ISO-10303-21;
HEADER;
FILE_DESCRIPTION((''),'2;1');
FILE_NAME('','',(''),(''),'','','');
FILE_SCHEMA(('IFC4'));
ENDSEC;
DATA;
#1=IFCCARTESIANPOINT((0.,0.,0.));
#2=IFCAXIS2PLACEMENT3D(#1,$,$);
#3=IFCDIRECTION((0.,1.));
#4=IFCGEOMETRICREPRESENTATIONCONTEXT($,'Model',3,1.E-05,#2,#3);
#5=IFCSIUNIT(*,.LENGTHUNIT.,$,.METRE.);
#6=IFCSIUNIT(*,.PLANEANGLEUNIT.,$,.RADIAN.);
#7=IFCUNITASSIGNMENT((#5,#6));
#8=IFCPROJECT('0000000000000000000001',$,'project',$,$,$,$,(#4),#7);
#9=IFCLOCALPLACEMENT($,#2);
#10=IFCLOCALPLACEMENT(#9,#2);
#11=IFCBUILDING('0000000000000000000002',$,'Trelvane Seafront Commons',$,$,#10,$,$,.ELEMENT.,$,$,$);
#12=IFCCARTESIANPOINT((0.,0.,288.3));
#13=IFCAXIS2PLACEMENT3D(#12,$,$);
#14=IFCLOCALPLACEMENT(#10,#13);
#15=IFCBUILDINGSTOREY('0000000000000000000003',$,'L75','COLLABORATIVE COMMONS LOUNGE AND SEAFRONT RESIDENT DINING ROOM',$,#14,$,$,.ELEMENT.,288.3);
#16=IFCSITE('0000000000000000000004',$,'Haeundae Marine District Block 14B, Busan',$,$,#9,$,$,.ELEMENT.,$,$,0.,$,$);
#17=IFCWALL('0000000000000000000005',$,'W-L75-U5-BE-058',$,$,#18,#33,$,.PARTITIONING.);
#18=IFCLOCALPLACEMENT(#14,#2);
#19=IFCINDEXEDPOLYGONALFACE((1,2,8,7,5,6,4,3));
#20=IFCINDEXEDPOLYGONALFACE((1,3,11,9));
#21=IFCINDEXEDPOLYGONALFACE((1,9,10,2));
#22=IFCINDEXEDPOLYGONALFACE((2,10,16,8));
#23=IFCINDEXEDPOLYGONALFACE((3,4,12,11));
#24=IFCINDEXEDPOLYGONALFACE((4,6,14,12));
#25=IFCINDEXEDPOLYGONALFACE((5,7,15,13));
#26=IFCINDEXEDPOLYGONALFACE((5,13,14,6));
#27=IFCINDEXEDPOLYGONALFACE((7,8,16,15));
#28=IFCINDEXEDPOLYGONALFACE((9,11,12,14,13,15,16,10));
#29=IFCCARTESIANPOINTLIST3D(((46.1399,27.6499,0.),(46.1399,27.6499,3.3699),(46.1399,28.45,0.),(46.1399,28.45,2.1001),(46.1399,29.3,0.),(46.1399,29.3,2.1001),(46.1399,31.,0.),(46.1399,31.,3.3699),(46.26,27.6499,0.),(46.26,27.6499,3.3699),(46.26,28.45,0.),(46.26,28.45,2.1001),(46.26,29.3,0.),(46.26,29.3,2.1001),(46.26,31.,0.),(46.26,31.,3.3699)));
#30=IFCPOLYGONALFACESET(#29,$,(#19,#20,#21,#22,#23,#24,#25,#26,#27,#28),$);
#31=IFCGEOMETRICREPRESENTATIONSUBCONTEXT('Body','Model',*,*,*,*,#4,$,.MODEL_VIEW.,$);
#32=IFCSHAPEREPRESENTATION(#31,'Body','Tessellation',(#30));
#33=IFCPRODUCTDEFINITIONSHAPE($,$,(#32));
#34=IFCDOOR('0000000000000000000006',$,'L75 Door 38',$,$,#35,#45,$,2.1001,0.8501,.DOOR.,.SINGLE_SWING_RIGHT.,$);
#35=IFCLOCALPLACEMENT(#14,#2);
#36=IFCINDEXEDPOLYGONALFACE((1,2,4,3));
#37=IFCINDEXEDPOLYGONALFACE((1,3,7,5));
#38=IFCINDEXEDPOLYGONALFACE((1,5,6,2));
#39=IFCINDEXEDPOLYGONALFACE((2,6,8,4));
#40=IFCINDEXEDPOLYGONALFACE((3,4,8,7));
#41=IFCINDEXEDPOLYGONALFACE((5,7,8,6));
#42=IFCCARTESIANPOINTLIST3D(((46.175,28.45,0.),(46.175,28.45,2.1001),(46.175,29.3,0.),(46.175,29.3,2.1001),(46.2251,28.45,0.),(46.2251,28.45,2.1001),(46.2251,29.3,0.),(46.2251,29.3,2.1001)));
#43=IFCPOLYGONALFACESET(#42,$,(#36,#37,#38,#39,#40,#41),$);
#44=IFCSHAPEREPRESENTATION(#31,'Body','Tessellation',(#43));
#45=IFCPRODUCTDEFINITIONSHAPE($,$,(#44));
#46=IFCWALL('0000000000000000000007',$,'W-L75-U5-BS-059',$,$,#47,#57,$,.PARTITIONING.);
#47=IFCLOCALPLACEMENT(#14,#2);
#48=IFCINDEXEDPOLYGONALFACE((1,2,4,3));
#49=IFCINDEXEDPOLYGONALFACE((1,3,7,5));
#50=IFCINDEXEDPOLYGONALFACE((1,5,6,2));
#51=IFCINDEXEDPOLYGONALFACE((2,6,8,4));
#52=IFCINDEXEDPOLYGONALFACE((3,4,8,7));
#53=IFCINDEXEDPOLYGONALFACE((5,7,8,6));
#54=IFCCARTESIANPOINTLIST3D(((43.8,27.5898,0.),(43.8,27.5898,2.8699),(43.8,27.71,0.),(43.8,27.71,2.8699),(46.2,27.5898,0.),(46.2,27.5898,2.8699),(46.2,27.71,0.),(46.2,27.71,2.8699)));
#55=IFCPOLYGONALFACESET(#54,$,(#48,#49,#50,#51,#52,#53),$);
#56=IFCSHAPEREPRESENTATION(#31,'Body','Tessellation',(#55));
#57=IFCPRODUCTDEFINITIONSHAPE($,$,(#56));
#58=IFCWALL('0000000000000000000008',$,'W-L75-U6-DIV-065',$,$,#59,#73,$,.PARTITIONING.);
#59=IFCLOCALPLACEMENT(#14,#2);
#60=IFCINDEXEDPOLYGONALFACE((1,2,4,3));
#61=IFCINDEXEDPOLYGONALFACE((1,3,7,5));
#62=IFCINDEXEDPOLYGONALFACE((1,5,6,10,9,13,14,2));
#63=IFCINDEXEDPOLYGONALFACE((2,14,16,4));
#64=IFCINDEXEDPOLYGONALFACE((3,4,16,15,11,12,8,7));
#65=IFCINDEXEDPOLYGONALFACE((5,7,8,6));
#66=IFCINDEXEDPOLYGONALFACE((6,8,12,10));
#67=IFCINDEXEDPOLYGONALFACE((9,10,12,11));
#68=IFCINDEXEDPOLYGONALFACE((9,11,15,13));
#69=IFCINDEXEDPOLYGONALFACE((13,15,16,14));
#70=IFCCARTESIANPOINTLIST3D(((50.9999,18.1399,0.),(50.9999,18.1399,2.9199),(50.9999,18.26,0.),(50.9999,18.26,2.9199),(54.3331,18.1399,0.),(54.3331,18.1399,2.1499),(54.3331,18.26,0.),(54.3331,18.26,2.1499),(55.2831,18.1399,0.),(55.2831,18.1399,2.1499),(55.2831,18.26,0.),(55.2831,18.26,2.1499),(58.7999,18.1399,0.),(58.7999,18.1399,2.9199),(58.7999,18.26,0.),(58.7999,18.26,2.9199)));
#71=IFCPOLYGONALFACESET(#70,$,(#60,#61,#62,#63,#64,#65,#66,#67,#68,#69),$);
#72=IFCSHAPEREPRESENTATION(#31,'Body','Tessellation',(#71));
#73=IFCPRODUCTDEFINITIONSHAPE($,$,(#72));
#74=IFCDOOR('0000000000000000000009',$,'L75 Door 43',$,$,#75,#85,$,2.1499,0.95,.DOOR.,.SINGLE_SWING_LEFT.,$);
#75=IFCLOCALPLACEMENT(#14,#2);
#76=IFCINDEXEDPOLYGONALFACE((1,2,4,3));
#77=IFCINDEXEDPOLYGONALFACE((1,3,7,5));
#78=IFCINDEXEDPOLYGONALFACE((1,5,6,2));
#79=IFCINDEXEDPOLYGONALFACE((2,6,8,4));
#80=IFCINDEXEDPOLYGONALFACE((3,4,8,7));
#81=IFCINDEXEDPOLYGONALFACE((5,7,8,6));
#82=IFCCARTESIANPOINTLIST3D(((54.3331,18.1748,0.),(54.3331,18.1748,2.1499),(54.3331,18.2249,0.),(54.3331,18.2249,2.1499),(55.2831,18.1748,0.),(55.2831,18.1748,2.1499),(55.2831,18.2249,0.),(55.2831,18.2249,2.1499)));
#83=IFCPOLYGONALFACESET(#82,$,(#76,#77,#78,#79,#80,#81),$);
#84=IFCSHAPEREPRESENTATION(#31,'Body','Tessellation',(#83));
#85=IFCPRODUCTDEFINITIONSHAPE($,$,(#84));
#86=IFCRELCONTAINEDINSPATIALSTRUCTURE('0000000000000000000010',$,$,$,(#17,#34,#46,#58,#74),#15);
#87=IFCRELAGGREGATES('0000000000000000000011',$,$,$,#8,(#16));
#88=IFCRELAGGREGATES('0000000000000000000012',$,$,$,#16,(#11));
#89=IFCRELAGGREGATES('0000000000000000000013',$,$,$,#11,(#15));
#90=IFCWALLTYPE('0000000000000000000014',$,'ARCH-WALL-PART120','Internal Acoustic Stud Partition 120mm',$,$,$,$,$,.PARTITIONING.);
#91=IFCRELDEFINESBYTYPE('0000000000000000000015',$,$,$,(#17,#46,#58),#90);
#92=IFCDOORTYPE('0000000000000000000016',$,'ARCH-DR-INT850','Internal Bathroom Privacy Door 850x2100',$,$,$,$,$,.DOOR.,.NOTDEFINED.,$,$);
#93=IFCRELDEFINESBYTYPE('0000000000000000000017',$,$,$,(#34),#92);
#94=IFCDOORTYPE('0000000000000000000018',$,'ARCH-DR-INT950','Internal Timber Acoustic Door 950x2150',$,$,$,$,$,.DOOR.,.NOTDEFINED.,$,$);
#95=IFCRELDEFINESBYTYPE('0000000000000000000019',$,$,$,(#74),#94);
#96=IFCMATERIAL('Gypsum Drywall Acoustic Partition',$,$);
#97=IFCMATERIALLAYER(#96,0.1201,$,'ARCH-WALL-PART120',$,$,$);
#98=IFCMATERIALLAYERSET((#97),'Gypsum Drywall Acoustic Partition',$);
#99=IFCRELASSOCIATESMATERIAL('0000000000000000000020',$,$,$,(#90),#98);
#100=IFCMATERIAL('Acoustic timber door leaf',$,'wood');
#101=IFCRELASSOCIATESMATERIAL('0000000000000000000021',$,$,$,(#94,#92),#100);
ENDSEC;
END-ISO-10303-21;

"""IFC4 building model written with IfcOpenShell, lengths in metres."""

from ifc_helpers import new_model, si_unit, direction, frame, frame_2d, origin, place, context, subcontext, project, spatial, rectangle, extrude, source, transform, mapped, material, layer, layer_set, type_object, element, fill, save


model = new_model("IFC4")

# Units and contexts
model_context = context("Model", 3, precision=1e-05, world=origin(), true_north=direction((0.0, 1.0)))
body_context = subcontext(model_context, "Body", "Model", "MODEL_VIEW")
ifc_project = project(units=[si_unit("LENGTHUNIT", "METRE"), si_unit("PLANEANGLEUNIT", "RADIAN")], contexts=[model_context])

# Site, building, storey
site_placement = place(None, origin())
site = spatial("IfcSite", under=ifc_project, at=site_placement, Name="Haeundae Marine District Block 14B, Busan", CompositionType="ELEMENT", RefElevation=0.0)
building_placement = place(site_placement, origin())
building = spatial("IfcBuilding", under=site, at=building_placement, Name="Trelvane Seafront Commons", CompositionType="ELEMENT")
storey_placement = place(building_placement, frame((0.0, 0.0, 288.3)))
storey = spatial("IfcBuildingStorey", under=building, at=storey_placement, Name="L75", Description="COLLABORATIVE COMMONS LOUNGE AND SEAFRONT RESIDENT DINING ROOM", CompositionType="ELEMENT", Elevation=288.3)

# Wall, opening, door
ifc_material_1 = material(Name="Gypsum Drywall Acoustic Partition")
ifc_layer = layer(ifc_material_1, 0.1201, Name="ARCH-WALL-PART120")
ifc_layer_set = layer_set([ifc_layer], Name="Gypsum Drywall Acoustic Partition")
wall_type = type_object("IfcWallType", Name="ARCH-WALL-PART120", Description="Internal Acoustic Stud Partition 120mm", PredefinedType="PARTITIONING", material=ifc_layer_set)
ifc_material_2 = material(Name="Acoustic timber door leaf", Category="wood")
door_type_1 = type_object("IfcDoorType", Name="ARCH-DR-INT950", Description="Internal Timber Acoustic Door 950x2150", OperationType="NOTDEFINED", PredefinedType="DOOR", material=ifc_material_2)
shared_shape_1 = source(origin(), body_context, "Body", "SweptSolid", [
    extrude(rectangle(XDim=0.95, YDim=2.1499, at=frame_2d((0.4751, 1.075))), frame((0.0, 0.0249, 0.0), z_axis=(0.0, -1.0, 0.0), x_axis=(1.0, 0.0, 0.0)), (0.0, 0.0, 1.0), 0.05),
])
wall_1_placement = place(storey_placement, frame((46.2, 27.6499, 0.0), z_axis=(0.0, 0.0, 1.0), x_axis=(0.0, 1.0, 0.0)))
wall_1 = element("IfcWall", 1, at=wall_1_placement, inside=storey, type_object=wall_type, Name="W-L75-U5-BE-058", PredefinedType="PARTITIONING", context=body_context, shape_type="SweptSolid", body=[
    extrude(rectangle(XDim=3.3501, YDim=0.1201, at=frame_2d((1.675, 0.0))), origin(), (0.0, 0.0, 1.0), 3.3699),
])
opening_1_placement = place(wall_1_placement, frame((0.8, 0.0, 0.0)))
opening_1 = element("IfcOpeningElement", 2, at=opening_1_placement, cuts=wall_1, PredefinedType="OPENING", context=body_context, shape_type="SweptSolid", body=[
    extrude(rectangle(XDim=0.8501, YDim=2.1001, at=frame_2d((0.425, 1.05))), frame((0.0, 0.0701, 0.0), z_axis=(0.0, -1.0, 0.0), x_axis=(1.0, 0.0, 0.0)), (0.0, 0.0, 1.0), 0.1401),
])
door_type_2 = type_object("IfcDoorType", Name="ARCH-DR-INT850", Description="Internal Bathroom Privacy Door 850x2100", OperationType="NOTDEFINED", PredefinedType="DOOR", material=ifc_material_2)
shared_shape_2 = source(origin(), body_context, "Body", "SweptSolid", [
    extrude(rectangle(XDim=0.8501, YDim=2.1001, at=frame_2d((0.425, 1.05))), frame((0.0, 0.0249, 0.0), z_axis=(0.0, -1.0, 0.0), x_axis=(1.0, 0.0, 0.0)), (0.0, 0.0, 1.0), 0.05),
])
door_1_placement = place(opening_1_placement, origin())
door_1 = element("IfcDoor", 3, at=door_1_placement, inside=storey, type_object=door_type_2, Name="L75 Door 38", OperationType="SINGLE_SWING_RIGHT", OverallHeight=2.1001, OverallWidth=0.8501, PredefinedType="DOOR", context=body_context, shape_type="MappedRepresentation", body=[
    mapped(shared_shape_2, transform((0.0, 0.0, 0.0), x_axis=(1.0, 0.0, 0.0), y_axis=(0.0, 1.0, 0.0), z_axis=(0.0, 0.0, 1.0), scale=1.0)),
])
fill(opening_1, door_1)

# Wall
wall_2_placement = place(storey_placement, frame((43.8, 27.6499, 0.0), z_axis=(0.0, 0.0, 1.0), x_axis=(1.0, 0.0, 0.0)))
element("IfcWall", 4, at=wall_2_placement, inside=storey, type_object=wall_type, Name="W-L75-U5-BS-059", PredefinedType="PARTITIONING", context=body_context, shape_type="SweptSolid", body=[
    extrude(rectangle(XDim=2.3999, YDim=0.1201, at=frame_2d((1.2, 0.0))), origin(), (0.0, 0.0, 1.0), 2.8699),
])

# Wall, opening, door
wall_3_placement = place(storey_placement, frame((51.0, 18.2, 0.0), z_axis=(0.0, 0.0, 1.0), x_axis=(1.0, 0.0, 0.0)))
wall_3 = element("IfcWall", 5, at=wall_3_placement, inside=storey, type_object=wall_type, Name="W-L75-U6-DIV-065", PredefinedType="PARTITIONING", context=body_context, shape_type="SweptSolid", body=[
    extrude(rectangle(XDim=7.8, YDim=0.1201, at=frame_2d((3.8999, 0.0))), origin(), (0.0, 0.0, 1.0), 2.9199),
])
opening_2_placement = place(wall_3_placement, frame((3.333, 0.0, 0.0)))
opening_2 = element("IfcOpeningElement", 6, at=opening_2_placement, cuts=wall_3, PredefinedType="OPENING", context=body_context, shape_type="SweptSolid", body=[
    extrude(rectangle(XDim=0.95, YDim=2.1499, at=frame_2d((0.4751, 1.075))), frame((0.0, 0.0701, 0.0), z_axis=(0.0, -1.0, 0.0), x_axis=(1.0, 0.0, 0.0)), (0.0, 0.0, 1.0), 0.1401),
])
door_2_placement = place(opening_2_placement, origin())
door_2 = element("IfcDoor", 7, at=door_2_placement, inside=storey, type_object=door_type_1, Name="L75 Door 43", OperationType="SINGLE_SWING_LEFT", OverallHeight=2.1499, OverallWidth=0.95, PredefinedType="DOOR", context=body_context, shape_type="MappedRepresentation", body=[
    mapped(shared_shape_1, transform((0.0, 0.0, 0.0), x_axis=(1.0, 0.0, 0.0), y_axis=(0.0, 1.0, 0.0), z_axis=(0.0, 0.0, 1.0), scale=1.0)),
])
fill(opening_2, door_2)

save(model, "model.ifc")
